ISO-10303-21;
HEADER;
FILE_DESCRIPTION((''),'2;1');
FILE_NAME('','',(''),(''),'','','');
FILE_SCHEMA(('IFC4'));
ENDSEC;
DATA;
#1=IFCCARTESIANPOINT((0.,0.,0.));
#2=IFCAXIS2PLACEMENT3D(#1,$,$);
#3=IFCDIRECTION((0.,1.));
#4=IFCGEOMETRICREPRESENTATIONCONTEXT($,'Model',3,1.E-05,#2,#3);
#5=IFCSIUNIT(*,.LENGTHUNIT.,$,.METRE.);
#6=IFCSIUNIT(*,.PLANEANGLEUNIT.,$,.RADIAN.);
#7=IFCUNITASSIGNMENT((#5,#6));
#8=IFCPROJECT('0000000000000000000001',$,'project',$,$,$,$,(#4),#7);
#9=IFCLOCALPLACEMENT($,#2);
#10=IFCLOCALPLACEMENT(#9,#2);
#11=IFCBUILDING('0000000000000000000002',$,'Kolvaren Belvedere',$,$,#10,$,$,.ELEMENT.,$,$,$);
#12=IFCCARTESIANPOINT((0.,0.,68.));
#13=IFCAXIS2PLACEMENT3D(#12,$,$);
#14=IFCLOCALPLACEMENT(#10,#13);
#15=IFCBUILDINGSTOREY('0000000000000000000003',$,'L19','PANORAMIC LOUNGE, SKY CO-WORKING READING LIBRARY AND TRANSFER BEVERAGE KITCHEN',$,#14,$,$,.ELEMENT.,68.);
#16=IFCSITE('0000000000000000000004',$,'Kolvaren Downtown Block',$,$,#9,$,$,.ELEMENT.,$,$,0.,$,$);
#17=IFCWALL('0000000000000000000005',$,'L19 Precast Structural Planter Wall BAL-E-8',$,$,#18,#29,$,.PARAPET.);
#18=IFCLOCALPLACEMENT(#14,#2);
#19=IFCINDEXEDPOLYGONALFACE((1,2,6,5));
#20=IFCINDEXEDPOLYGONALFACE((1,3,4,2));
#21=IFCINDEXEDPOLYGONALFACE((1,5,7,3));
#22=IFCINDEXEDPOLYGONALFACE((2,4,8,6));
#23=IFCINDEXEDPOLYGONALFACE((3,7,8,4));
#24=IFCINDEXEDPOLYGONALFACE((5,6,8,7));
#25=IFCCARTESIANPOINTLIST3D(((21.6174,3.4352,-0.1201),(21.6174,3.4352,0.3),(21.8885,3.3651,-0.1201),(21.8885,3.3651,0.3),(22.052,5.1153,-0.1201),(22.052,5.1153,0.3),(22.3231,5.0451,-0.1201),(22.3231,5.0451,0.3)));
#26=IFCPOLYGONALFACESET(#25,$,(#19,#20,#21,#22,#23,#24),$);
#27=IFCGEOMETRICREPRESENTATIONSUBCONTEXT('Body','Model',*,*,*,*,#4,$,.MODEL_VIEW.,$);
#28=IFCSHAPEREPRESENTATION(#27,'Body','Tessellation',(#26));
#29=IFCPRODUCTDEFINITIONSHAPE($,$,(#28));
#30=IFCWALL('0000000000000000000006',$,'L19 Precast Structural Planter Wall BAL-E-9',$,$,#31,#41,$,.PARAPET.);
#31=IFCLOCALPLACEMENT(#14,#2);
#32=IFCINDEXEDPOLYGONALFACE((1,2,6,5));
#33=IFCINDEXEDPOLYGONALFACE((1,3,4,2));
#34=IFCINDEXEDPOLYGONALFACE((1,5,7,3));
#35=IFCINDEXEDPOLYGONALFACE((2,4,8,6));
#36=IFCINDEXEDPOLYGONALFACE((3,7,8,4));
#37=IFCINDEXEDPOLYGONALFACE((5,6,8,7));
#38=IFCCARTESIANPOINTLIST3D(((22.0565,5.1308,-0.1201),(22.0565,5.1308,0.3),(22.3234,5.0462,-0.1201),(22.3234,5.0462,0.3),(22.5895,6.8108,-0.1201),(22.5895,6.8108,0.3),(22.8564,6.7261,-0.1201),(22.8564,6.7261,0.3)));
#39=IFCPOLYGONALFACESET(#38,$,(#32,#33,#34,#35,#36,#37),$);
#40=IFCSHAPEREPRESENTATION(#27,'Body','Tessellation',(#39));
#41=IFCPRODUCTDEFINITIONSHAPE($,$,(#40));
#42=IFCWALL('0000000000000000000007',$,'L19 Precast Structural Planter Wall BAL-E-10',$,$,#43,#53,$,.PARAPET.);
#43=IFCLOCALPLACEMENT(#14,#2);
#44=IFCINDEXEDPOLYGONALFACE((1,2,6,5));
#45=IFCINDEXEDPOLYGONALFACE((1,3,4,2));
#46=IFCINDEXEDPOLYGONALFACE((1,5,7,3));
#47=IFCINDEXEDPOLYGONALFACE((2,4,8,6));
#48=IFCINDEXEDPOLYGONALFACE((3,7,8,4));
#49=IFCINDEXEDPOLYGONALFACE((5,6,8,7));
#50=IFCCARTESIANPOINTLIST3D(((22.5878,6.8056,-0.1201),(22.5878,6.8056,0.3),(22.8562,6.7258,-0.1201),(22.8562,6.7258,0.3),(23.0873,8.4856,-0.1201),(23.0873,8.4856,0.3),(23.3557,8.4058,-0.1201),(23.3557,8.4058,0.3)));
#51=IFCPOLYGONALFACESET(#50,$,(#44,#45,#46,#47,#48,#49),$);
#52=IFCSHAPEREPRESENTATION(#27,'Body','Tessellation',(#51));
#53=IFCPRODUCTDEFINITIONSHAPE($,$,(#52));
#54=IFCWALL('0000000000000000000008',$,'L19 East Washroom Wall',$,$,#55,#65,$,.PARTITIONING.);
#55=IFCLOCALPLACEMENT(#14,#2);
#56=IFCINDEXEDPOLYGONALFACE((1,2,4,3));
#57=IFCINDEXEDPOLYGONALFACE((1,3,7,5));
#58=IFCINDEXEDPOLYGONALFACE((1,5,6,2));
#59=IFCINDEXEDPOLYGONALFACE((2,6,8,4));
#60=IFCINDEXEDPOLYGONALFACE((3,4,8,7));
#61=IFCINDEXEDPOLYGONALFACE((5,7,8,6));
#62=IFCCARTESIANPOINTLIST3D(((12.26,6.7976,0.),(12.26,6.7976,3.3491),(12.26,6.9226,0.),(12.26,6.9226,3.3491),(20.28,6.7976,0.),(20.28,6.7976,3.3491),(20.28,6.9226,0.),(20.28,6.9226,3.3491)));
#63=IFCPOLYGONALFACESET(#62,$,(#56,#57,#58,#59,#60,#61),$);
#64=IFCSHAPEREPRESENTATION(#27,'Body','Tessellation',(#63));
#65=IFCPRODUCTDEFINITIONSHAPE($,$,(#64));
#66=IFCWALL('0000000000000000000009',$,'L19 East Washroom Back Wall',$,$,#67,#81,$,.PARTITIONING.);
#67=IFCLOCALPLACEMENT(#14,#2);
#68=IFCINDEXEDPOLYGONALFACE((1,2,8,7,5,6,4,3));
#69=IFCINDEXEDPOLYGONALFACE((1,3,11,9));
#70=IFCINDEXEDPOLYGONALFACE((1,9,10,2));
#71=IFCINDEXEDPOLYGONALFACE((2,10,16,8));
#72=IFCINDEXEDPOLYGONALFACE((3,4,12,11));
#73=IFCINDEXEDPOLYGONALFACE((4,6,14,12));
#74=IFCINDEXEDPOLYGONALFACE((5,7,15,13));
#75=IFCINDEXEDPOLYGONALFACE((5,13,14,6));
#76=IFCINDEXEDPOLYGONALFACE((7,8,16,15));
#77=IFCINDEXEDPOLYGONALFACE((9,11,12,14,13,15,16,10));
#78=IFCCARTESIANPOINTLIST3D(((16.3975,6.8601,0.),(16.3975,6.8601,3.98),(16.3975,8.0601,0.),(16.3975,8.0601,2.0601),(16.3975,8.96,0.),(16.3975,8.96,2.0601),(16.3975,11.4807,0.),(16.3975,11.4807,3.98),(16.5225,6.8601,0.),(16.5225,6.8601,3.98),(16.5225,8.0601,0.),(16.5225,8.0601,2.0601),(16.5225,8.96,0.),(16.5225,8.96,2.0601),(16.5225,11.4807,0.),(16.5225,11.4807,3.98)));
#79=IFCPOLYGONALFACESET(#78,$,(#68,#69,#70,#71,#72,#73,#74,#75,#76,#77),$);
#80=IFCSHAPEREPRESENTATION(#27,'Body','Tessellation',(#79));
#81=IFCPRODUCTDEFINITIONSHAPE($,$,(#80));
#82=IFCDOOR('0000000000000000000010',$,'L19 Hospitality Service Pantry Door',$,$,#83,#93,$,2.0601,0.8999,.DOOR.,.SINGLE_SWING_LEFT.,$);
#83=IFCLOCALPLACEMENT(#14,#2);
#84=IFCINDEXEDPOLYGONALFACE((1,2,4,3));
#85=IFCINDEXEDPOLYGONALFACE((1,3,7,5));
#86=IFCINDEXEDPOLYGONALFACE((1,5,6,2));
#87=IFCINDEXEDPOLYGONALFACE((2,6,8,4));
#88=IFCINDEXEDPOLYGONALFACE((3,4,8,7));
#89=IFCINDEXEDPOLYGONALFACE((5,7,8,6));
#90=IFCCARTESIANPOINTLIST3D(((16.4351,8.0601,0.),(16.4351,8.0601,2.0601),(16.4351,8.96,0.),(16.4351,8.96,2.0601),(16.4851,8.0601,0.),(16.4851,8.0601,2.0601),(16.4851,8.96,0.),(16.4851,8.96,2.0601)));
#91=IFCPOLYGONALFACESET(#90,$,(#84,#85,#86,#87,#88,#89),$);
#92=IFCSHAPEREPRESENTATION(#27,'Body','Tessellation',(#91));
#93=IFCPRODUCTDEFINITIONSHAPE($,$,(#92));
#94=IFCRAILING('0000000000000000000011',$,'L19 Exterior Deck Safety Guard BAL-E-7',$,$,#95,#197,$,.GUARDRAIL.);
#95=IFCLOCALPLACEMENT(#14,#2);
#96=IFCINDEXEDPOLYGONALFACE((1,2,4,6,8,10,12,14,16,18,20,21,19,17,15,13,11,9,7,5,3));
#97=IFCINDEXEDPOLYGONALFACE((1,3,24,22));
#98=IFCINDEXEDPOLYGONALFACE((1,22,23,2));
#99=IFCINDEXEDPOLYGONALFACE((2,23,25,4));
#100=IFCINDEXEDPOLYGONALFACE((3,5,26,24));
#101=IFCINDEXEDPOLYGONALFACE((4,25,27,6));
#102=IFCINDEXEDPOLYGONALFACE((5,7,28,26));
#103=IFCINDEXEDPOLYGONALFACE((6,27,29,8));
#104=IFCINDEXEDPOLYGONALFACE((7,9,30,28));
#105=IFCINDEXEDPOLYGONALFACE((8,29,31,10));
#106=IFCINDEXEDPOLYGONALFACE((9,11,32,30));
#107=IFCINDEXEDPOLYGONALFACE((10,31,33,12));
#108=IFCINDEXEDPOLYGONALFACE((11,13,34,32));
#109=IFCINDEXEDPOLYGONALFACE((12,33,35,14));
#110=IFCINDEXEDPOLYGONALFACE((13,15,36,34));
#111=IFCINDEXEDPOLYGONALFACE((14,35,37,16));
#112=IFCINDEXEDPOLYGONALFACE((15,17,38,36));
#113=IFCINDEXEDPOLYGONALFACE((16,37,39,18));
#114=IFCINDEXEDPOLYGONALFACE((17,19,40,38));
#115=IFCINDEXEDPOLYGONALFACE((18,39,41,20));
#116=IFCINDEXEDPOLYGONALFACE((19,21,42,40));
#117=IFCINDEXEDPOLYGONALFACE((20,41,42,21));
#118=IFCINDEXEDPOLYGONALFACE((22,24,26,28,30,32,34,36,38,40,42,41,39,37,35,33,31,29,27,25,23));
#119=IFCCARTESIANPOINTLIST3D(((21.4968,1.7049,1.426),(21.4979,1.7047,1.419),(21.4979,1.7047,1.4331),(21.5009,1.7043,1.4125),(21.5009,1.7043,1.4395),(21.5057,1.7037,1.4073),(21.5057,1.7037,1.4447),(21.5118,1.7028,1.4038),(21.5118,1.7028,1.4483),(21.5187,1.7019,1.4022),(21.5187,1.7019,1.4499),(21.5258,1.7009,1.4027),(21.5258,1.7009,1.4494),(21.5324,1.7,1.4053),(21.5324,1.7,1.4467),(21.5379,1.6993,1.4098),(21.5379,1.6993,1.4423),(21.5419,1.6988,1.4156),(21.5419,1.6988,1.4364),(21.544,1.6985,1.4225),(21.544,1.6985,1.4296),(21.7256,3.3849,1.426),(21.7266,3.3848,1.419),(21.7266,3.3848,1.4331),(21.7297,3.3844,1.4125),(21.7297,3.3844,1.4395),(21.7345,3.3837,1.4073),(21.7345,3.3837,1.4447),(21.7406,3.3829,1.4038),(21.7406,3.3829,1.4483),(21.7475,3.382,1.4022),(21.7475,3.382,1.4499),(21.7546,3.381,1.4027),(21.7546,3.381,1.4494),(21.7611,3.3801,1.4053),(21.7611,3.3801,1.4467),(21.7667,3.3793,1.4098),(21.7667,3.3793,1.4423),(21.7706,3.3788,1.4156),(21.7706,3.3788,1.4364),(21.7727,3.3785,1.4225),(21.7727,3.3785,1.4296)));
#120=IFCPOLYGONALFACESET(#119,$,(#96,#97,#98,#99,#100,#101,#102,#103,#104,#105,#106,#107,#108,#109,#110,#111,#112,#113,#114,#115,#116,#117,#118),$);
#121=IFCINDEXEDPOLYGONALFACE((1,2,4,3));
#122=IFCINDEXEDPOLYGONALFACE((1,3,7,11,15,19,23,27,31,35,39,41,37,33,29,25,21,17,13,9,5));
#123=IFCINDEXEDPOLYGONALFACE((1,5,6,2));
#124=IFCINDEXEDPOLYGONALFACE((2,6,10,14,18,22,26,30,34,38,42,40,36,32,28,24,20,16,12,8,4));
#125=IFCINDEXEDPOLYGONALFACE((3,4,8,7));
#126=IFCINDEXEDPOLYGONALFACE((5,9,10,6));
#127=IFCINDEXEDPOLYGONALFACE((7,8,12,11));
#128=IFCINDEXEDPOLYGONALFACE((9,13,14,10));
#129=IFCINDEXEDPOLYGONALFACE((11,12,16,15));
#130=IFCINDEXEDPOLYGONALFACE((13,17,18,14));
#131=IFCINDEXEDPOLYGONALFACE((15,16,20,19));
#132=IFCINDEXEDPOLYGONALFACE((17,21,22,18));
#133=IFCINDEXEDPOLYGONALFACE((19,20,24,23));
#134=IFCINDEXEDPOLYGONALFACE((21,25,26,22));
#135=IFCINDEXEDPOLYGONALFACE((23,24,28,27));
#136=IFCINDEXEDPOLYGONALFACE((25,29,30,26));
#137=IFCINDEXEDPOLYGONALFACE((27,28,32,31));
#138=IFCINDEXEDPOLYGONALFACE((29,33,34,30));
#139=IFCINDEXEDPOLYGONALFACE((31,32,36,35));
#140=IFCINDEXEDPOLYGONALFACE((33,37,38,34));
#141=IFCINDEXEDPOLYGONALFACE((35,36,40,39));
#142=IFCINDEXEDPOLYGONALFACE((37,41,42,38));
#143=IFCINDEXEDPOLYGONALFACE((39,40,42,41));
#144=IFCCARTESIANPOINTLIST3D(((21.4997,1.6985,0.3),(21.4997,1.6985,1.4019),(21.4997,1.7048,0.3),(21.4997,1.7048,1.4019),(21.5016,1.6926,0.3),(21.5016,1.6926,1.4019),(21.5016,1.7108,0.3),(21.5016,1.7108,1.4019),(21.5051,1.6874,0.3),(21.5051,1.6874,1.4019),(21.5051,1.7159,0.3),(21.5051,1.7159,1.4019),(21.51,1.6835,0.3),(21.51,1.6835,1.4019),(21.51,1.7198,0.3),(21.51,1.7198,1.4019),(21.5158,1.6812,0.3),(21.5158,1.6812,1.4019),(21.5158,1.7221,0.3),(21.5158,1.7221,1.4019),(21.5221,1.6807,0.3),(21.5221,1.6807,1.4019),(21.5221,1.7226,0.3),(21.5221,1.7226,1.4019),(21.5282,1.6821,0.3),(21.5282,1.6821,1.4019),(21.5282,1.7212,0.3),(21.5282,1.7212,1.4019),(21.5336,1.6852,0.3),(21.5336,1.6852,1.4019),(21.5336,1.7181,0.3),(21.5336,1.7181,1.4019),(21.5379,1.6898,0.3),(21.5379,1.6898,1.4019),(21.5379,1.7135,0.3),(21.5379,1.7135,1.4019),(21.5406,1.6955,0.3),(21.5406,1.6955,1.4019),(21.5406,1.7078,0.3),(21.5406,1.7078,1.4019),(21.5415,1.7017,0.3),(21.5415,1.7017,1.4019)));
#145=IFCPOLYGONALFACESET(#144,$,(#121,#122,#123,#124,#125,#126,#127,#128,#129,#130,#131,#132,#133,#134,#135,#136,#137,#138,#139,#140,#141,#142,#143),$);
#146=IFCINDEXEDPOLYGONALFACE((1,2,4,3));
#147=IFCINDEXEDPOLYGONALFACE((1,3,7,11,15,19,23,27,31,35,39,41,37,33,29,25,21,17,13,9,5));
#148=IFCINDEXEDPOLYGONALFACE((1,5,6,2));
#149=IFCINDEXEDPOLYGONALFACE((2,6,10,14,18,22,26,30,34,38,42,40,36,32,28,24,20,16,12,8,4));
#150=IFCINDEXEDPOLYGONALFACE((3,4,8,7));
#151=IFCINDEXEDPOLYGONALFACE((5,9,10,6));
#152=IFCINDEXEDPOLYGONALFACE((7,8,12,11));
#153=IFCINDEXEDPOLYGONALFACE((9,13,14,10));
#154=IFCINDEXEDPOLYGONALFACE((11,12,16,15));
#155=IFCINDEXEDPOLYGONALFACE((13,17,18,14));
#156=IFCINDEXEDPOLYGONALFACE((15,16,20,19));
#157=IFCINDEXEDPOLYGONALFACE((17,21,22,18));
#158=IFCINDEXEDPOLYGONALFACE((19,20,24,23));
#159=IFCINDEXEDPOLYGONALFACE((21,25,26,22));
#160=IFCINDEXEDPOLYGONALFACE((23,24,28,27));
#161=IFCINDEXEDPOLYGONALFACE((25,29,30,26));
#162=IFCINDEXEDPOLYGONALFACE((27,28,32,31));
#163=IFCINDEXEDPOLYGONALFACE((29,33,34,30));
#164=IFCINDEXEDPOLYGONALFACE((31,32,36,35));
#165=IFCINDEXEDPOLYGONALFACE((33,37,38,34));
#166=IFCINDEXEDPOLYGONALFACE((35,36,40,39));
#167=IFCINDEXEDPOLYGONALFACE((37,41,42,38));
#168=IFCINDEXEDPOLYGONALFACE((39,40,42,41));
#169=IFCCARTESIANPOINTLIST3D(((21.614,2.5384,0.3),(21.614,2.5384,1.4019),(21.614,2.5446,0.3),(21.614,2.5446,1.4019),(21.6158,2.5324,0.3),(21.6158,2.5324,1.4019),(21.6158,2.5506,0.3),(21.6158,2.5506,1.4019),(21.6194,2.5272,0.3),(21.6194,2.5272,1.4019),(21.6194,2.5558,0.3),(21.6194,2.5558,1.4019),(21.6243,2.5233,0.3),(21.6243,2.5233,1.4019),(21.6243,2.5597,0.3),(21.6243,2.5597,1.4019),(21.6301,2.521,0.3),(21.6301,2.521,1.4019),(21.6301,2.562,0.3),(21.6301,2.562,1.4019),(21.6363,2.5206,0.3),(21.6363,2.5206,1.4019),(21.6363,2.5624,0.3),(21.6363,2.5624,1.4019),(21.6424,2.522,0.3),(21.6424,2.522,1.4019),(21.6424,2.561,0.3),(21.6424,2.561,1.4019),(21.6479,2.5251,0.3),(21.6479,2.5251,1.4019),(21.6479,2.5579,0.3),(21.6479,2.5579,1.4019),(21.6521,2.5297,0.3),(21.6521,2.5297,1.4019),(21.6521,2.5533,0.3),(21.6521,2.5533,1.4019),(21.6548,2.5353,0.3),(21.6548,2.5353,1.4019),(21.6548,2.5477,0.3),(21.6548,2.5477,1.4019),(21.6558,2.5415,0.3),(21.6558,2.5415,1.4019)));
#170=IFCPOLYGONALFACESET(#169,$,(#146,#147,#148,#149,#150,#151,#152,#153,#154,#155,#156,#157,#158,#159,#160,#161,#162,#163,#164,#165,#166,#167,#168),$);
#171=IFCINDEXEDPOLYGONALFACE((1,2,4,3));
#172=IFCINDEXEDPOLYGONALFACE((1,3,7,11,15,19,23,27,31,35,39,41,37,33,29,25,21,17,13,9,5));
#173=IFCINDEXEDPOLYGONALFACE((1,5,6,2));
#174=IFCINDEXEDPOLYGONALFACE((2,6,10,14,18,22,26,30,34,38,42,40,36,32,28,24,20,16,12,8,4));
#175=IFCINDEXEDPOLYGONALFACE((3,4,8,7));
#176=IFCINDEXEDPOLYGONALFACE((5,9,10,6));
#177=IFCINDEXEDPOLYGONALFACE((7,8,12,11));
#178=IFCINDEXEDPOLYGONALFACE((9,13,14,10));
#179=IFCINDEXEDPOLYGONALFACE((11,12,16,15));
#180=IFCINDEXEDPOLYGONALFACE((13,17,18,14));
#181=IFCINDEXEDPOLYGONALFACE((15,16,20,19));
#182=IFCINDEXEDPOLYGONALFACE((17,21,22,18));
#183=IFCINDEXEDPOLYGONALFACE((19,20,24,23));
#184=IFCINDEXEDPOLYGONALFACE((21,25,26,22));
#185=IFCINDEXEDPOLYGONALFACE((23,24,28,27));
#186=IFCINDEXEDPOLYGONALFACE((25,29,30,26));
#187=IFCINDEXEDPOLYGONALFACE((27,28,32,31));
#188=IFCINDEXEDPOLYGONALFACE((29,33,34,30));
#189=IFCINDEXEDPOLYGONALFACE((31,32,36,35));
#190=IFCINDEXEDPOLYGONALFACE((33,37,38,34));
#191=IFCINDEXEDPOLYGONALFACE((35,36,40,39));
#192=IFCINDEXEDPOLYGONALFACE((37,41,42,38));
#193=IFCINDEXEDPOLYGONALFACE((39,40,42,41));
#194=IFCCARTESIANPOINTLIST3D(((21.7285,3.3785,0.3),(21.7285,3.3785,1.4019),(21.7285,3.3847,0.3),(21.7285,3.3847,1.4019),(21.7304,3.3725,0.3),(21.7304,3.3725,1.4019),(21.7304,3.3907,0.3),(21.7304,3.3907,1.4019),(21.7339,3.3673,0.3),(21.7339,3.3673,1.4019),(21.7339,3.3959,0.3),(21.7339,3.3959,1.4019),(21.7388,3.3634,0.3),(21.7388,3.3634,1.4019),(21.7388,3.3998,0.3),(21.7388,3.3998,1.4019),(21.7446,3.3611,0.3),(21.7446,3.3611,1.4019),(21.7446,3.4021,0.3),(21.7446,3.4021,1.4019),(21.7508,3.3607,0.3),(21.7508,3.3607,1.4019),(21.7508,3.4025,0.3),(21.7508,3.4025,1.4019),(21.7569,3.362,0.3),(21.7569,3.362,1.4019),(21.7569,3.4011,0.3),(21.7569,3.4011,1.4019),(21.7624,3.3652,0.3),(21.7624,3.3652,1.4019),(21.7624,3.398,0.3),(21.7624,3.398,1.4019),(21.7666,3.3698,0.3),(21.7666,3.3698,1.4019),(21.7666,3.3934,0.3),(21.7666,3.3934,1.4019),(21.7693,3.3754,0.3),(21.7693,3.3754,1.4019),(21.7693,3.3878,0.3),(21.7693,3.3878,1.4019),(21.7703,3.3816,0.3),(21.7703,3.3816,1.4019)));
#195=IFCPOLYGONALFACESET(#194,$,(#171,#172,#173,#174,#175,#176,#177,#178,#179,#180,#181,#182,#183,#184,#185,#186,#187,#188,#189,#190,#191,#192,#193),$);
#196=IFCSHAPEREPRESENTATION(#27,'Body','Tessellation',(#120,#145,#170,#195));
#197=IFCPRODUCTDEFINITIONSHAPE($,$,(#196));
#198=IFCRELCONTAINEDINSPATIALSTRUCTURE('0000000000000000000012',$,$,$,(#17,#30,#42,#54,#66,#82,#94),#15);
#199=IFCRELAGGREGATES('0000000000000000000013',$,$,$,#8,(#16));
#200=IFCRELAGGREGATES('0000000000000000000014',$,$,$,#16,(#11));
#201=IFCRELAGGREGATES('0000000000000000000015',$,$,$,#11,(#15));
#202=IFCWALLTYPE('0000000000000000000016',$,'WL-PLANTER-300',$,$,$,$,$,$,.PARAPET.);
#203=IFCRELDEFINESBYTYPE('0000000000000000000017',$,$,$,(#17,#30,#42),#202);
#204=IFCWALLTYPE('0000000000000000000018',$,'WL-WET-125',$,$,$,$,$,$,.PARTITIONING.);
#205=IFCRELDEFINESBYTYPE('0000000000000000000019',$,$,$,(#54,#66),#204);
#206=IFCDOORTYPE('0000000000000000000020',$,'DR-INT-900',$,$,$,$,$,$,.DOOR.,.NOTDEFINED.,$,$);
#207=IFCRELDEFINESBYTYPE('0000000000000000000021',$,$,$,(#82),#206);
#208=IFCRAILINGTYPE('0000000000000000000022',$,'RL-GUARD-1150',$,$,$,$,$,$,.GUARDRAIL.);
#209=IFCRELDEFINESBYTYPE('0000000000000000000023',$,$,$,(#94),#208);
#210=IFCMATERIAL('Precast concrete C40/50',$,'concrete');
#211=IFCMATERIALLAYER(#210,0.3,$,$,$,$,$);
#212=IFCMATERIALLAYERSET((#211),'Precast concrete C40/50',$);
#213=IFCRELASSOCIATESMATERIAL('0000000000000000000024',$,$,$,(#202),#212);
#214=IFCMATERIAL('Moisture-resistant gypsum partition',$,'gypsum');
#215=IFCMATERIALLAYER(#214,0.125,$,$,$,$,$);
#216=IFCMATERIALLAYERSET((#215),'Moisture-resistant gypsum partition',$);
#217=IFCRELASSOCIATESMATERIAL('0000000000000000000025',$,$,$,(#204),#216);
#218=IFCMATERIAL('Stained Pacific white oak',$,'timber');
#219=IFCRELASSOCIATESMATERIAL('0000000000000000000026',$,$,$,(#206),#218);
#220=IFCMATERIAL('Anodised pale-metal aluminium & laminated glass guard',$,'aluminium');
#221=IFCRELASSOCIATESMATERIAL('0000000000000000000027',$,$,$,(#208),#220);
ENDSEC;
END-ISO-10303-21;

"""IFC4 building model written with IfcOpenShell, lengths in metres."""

from ifc_helpers import new_model, si_unit, direction, frame, frame_2d, origin, origin_2d, place, context, subcontext, project, spatial, rectangle, circle, extrude, material, layer, layer_set, type_object, element, fill, save


model = new_model("IFC4")

# Units and contexts
model_context = context("Model", 3, precision=1e-05, world=origin(), true_north=direction((0.0, 1.0)))
body_context = subcontext(model_context, "Body", "Model", "MODEL_VIEW")
ifc_project = project(units=[si_unit("LENGTHUNIT", "METRE"), si_unit("PLANEANGLEUNIT", "RADIAN")], contexts=[model_context])

# Site, building, storey
site_placement = place(None, origin())
site = spatial("IfcSite", under=ifc_project, at=site_placement, Name="Kolvaren Downtown Block", CompositionType="ELEMENT", RefElevation=0.0)
building_placement = place(site_placement, origin())
building = spatial("IfcBuilding", under=site, at=building_placement, Name="Kolvaren Belvedere", CompositionType="ELEMENT")
storey_placement = place(building_placement, frame((0.0, 0.0, 68.0)))
storey = spatial("IfcBuildingStorey", under=building, at=storey_placement, Name="L19", Description="PANORAMIC LOUNGE, SKY CO-WORKING READING LIBRARY AND TRANSFER BEVERAGE KITCHEN", CompositionType="ELEMENT", Elevation=68.0)

# Walls
ifc_material_1 = material(Name="Precast concrete C40/50", Category="concrete")
ifc_layer_1 = layer(ifc_material_1, 0.3)
ifc_layer_set_1 = layer_set([ifc_layer_1], Name="Precast concrete C40/50")
wall_type_1 = type_object("IfcWallType", Name="WL-PLANTER-300", PredefinedType="PARAPET", material=ifc_layer_set_1)
wall_1_placement = place(storey_placement, frame((21.7529, 3.4001, -0.1201), z_axis=(0.0, 0.0, 1.0), x_axis=(0.25044, 0.968132, 0.0)))
element("IfcWall", 1, at=wall_1_placement, inside=storey, type_object=wall_type_1, Name="L19 Precast Structural Planter Wall BAL-E-8", PredefinedType="PARAPET", context=body_context, shape_type="SweptSolid", body=[
    extrude(rectangle(XDim=1.7354, YDim=0.28, at=frame_2d((0.8677, 0.0))), origin(), (0.0, 0.0, 1.0), 0.4202),
])
wall_2_placement = place(storey_placement, frame((22.1899, 5.0884, -0.1201), z_axis=(0.0, 0.0, 1.0), x_axis=(0.302397, 0.953182, 0.0)))
element("IfcWall", 2, at=wall_2_placement, inside=storey, type_object=wall_type_1, Name="L19 Precast Structural Planter Wall BAL-E-9", PredefinedType="PARAPET", context=body_context, shape_type="SweptSolid", body=[
    extrude(rectangle(XDim=1.7625, YDim=0.28, at=frame_2d((0.8813, 0.0))), origin(), (0.0, 0.0, 1.0), 0.4202),
])
wall_3_placement = place(storey_placement, frame((22.7219, 6.7656, -0.1201), z_axis=(0.0, 0.0, 1.0), x_axis=(0.285008, 0.958525, 0.0)))
element("IfcWall", 3, at=wall_3_placement, inside=storey, type_object=wall_type_1, Name="L19 Precast Structural Planter Wall BAL-E-10", PredefinedType="PARAPET", context=body_context, shape_type="SweptSolid", body=[
    extrude(rectangle(XDim=1.7527, YDim=0.28, at=frame_2d((0.8765, 0.0))), origin(), (0.0, 0.0, 1.0), 0.4202),
])
ifc_material_2 = material(Name="Moisture-resistant gypsum partition", Category="gypsum")
ifc_layer_2 = layer(ifc_material_2, 0.125)
ifc_layer_set_2 = layer_set([ifc_layer_2], Name="Moisture-resistant gypsum partition")
wall_type_2 = type_object("IfcWallType", Name="WL-WET-125", PredefinedType="PARTITIONING", material=ifc_layer_set_2)
wall_4_placement = place(storey_placement, frame((12.26, 6.8601, 0.0), z_axis=(0.0, 0.0, 1.0), x_axis=(1.0, 0.0, 0.0)))
element("IfcWall", 4, at=wall_4_placement, inside=storey, type_object=wall_type_2, Name="L19 East Washroom Wall", PredefinedType="PARTITIONING", context=body_context, shape_type="SweptSolid", body=[
    extrude(rectangle(XDim=8.02, YDim=0.125, at=frame_2d((4.01, 0.0))), origin(), (0.0, 0.0, 1.0), 3.3491),
])

# Wall, opening, door
wall_5_placement = place(storey_placement, frame((16.46, 6.8601, 0.0), z_axis=(0.0, 0.0, 1.0), x_axis=(0.0, 1.0, 0.0)))
wall_5 = element("IfcWall", 5, at=wall_5_placement, inside=storey, type_object=wall_type_2, Name="L19 East Washroom Back Wall", PredefinedType="PARTITIONING", context=body_context, shape_type="SweptSolid", body=[
    extrude(rectangle(XDim=4.6206, YDim=0.125, at=frame_2d((2.3103, 0.0))), origin(), (0.0, 0.0, 1.0), 3.98),
])
opening_1_placement = place(wall_5_placement, frame((1.2, 0.0, 0.0)))
opening_1 = element("IfcOpeningElement", 6, at=opening_1_placement, cuts=wall_5, PredefinedType="OPENING", context=body_context, shape_type="SweptSolid", body=[
    extrude(rectangle(XDim=0.8999, YDim=2.0601, at=frame_2d((0.45, 1.03))), frame((0.0, 0.0725, 0.0), z_axis=(0.0, -1.0, 0.0), x_axis=(1.0, 0.0, 0.0)), (0.0, 0.0, 1.0), 0.145),
])
ifc_material_3 = material(Name="Stained Pacific white oak", Category="timber")
door_type_1 = type_object("IfcDoorType", Name="DR-INT-900", OperationType="NOTDEFINED", PredefinedType="DOOR", material=ifc_material_3)
door_1_placement = place(opening_1_placement, origin())
door_1 = element("IfcDoor", 7, at=door_1_placement, inside=storey, type_object=door_type_1, Name="L19 Hospitality Service Pantry Door", OperationType="SINGLE_SWING_LEFT", OverallHeight=2.0601, OverallWidth=0.8999, PredefinedType="DOOR", context=body_context, shape_type="SweptSolid", body=[
    extrude(rectangle(XDim=0.8999, YDim=2.0601, at=frame_2d((0.45, 1.03))), frame((0.0, 0.0249, 0.0), z_axis=(0.0, -1.0, 0.0), x_axis=(1.0, 0.0, 0.0)), (0.0, 0.0, 1.0), 0.05),
])
fill(opening_1, door_1)

# Railing
ifc_material_4 = material(Name="Anodised pale-metal aluminium & laminated glass guard", Category="aluminium")
railing_type = type_object("IfcRailingType", Name="RL-GUARD-1150", PredefinedType="GUARDRAIL", material=ifc_material_4)
railing_1_placement = place(storey_placement, frame((21.5205, 1.7017, 0.3)))
element("IfcRailing", 8, at=railing_1_placement, inside=storey, type_object=railing_type, Name="L19 Exterior Deck Safety Guard BAL-E-7", PredefinedType="GUARDRAIL", context=body_context, shape_type="SweptSolid", body=[
    extrude(circle(Radius=0.0239, at=origin_2d()), frame((0.0, 0.0, 1.126), z_axis=(0.134927, 0.990856, 0.0), x_axis=(-0.990856, 0.134927, 0.0)), (0.0, 0.0, 1.0), 1.6956),
    extrude(circle(Radius=0.021, at=origin_2d()), origin(), (0.0, 0.0, 1.0), 1.1018),
    extrude(circle(Radius=0.021, at=origin_2d()), frame((0.1143, 0.8398, 0.0)), (0.0, 0.0, 1.0), 1.1018),
    extrude(circle(Radius=0.021, at=origin_2d()), frame((0.2288, 1.6799, 0.0)), (0.0, 0.0, 1.0), 1.1018),
])

save(model, "model.ifc")
